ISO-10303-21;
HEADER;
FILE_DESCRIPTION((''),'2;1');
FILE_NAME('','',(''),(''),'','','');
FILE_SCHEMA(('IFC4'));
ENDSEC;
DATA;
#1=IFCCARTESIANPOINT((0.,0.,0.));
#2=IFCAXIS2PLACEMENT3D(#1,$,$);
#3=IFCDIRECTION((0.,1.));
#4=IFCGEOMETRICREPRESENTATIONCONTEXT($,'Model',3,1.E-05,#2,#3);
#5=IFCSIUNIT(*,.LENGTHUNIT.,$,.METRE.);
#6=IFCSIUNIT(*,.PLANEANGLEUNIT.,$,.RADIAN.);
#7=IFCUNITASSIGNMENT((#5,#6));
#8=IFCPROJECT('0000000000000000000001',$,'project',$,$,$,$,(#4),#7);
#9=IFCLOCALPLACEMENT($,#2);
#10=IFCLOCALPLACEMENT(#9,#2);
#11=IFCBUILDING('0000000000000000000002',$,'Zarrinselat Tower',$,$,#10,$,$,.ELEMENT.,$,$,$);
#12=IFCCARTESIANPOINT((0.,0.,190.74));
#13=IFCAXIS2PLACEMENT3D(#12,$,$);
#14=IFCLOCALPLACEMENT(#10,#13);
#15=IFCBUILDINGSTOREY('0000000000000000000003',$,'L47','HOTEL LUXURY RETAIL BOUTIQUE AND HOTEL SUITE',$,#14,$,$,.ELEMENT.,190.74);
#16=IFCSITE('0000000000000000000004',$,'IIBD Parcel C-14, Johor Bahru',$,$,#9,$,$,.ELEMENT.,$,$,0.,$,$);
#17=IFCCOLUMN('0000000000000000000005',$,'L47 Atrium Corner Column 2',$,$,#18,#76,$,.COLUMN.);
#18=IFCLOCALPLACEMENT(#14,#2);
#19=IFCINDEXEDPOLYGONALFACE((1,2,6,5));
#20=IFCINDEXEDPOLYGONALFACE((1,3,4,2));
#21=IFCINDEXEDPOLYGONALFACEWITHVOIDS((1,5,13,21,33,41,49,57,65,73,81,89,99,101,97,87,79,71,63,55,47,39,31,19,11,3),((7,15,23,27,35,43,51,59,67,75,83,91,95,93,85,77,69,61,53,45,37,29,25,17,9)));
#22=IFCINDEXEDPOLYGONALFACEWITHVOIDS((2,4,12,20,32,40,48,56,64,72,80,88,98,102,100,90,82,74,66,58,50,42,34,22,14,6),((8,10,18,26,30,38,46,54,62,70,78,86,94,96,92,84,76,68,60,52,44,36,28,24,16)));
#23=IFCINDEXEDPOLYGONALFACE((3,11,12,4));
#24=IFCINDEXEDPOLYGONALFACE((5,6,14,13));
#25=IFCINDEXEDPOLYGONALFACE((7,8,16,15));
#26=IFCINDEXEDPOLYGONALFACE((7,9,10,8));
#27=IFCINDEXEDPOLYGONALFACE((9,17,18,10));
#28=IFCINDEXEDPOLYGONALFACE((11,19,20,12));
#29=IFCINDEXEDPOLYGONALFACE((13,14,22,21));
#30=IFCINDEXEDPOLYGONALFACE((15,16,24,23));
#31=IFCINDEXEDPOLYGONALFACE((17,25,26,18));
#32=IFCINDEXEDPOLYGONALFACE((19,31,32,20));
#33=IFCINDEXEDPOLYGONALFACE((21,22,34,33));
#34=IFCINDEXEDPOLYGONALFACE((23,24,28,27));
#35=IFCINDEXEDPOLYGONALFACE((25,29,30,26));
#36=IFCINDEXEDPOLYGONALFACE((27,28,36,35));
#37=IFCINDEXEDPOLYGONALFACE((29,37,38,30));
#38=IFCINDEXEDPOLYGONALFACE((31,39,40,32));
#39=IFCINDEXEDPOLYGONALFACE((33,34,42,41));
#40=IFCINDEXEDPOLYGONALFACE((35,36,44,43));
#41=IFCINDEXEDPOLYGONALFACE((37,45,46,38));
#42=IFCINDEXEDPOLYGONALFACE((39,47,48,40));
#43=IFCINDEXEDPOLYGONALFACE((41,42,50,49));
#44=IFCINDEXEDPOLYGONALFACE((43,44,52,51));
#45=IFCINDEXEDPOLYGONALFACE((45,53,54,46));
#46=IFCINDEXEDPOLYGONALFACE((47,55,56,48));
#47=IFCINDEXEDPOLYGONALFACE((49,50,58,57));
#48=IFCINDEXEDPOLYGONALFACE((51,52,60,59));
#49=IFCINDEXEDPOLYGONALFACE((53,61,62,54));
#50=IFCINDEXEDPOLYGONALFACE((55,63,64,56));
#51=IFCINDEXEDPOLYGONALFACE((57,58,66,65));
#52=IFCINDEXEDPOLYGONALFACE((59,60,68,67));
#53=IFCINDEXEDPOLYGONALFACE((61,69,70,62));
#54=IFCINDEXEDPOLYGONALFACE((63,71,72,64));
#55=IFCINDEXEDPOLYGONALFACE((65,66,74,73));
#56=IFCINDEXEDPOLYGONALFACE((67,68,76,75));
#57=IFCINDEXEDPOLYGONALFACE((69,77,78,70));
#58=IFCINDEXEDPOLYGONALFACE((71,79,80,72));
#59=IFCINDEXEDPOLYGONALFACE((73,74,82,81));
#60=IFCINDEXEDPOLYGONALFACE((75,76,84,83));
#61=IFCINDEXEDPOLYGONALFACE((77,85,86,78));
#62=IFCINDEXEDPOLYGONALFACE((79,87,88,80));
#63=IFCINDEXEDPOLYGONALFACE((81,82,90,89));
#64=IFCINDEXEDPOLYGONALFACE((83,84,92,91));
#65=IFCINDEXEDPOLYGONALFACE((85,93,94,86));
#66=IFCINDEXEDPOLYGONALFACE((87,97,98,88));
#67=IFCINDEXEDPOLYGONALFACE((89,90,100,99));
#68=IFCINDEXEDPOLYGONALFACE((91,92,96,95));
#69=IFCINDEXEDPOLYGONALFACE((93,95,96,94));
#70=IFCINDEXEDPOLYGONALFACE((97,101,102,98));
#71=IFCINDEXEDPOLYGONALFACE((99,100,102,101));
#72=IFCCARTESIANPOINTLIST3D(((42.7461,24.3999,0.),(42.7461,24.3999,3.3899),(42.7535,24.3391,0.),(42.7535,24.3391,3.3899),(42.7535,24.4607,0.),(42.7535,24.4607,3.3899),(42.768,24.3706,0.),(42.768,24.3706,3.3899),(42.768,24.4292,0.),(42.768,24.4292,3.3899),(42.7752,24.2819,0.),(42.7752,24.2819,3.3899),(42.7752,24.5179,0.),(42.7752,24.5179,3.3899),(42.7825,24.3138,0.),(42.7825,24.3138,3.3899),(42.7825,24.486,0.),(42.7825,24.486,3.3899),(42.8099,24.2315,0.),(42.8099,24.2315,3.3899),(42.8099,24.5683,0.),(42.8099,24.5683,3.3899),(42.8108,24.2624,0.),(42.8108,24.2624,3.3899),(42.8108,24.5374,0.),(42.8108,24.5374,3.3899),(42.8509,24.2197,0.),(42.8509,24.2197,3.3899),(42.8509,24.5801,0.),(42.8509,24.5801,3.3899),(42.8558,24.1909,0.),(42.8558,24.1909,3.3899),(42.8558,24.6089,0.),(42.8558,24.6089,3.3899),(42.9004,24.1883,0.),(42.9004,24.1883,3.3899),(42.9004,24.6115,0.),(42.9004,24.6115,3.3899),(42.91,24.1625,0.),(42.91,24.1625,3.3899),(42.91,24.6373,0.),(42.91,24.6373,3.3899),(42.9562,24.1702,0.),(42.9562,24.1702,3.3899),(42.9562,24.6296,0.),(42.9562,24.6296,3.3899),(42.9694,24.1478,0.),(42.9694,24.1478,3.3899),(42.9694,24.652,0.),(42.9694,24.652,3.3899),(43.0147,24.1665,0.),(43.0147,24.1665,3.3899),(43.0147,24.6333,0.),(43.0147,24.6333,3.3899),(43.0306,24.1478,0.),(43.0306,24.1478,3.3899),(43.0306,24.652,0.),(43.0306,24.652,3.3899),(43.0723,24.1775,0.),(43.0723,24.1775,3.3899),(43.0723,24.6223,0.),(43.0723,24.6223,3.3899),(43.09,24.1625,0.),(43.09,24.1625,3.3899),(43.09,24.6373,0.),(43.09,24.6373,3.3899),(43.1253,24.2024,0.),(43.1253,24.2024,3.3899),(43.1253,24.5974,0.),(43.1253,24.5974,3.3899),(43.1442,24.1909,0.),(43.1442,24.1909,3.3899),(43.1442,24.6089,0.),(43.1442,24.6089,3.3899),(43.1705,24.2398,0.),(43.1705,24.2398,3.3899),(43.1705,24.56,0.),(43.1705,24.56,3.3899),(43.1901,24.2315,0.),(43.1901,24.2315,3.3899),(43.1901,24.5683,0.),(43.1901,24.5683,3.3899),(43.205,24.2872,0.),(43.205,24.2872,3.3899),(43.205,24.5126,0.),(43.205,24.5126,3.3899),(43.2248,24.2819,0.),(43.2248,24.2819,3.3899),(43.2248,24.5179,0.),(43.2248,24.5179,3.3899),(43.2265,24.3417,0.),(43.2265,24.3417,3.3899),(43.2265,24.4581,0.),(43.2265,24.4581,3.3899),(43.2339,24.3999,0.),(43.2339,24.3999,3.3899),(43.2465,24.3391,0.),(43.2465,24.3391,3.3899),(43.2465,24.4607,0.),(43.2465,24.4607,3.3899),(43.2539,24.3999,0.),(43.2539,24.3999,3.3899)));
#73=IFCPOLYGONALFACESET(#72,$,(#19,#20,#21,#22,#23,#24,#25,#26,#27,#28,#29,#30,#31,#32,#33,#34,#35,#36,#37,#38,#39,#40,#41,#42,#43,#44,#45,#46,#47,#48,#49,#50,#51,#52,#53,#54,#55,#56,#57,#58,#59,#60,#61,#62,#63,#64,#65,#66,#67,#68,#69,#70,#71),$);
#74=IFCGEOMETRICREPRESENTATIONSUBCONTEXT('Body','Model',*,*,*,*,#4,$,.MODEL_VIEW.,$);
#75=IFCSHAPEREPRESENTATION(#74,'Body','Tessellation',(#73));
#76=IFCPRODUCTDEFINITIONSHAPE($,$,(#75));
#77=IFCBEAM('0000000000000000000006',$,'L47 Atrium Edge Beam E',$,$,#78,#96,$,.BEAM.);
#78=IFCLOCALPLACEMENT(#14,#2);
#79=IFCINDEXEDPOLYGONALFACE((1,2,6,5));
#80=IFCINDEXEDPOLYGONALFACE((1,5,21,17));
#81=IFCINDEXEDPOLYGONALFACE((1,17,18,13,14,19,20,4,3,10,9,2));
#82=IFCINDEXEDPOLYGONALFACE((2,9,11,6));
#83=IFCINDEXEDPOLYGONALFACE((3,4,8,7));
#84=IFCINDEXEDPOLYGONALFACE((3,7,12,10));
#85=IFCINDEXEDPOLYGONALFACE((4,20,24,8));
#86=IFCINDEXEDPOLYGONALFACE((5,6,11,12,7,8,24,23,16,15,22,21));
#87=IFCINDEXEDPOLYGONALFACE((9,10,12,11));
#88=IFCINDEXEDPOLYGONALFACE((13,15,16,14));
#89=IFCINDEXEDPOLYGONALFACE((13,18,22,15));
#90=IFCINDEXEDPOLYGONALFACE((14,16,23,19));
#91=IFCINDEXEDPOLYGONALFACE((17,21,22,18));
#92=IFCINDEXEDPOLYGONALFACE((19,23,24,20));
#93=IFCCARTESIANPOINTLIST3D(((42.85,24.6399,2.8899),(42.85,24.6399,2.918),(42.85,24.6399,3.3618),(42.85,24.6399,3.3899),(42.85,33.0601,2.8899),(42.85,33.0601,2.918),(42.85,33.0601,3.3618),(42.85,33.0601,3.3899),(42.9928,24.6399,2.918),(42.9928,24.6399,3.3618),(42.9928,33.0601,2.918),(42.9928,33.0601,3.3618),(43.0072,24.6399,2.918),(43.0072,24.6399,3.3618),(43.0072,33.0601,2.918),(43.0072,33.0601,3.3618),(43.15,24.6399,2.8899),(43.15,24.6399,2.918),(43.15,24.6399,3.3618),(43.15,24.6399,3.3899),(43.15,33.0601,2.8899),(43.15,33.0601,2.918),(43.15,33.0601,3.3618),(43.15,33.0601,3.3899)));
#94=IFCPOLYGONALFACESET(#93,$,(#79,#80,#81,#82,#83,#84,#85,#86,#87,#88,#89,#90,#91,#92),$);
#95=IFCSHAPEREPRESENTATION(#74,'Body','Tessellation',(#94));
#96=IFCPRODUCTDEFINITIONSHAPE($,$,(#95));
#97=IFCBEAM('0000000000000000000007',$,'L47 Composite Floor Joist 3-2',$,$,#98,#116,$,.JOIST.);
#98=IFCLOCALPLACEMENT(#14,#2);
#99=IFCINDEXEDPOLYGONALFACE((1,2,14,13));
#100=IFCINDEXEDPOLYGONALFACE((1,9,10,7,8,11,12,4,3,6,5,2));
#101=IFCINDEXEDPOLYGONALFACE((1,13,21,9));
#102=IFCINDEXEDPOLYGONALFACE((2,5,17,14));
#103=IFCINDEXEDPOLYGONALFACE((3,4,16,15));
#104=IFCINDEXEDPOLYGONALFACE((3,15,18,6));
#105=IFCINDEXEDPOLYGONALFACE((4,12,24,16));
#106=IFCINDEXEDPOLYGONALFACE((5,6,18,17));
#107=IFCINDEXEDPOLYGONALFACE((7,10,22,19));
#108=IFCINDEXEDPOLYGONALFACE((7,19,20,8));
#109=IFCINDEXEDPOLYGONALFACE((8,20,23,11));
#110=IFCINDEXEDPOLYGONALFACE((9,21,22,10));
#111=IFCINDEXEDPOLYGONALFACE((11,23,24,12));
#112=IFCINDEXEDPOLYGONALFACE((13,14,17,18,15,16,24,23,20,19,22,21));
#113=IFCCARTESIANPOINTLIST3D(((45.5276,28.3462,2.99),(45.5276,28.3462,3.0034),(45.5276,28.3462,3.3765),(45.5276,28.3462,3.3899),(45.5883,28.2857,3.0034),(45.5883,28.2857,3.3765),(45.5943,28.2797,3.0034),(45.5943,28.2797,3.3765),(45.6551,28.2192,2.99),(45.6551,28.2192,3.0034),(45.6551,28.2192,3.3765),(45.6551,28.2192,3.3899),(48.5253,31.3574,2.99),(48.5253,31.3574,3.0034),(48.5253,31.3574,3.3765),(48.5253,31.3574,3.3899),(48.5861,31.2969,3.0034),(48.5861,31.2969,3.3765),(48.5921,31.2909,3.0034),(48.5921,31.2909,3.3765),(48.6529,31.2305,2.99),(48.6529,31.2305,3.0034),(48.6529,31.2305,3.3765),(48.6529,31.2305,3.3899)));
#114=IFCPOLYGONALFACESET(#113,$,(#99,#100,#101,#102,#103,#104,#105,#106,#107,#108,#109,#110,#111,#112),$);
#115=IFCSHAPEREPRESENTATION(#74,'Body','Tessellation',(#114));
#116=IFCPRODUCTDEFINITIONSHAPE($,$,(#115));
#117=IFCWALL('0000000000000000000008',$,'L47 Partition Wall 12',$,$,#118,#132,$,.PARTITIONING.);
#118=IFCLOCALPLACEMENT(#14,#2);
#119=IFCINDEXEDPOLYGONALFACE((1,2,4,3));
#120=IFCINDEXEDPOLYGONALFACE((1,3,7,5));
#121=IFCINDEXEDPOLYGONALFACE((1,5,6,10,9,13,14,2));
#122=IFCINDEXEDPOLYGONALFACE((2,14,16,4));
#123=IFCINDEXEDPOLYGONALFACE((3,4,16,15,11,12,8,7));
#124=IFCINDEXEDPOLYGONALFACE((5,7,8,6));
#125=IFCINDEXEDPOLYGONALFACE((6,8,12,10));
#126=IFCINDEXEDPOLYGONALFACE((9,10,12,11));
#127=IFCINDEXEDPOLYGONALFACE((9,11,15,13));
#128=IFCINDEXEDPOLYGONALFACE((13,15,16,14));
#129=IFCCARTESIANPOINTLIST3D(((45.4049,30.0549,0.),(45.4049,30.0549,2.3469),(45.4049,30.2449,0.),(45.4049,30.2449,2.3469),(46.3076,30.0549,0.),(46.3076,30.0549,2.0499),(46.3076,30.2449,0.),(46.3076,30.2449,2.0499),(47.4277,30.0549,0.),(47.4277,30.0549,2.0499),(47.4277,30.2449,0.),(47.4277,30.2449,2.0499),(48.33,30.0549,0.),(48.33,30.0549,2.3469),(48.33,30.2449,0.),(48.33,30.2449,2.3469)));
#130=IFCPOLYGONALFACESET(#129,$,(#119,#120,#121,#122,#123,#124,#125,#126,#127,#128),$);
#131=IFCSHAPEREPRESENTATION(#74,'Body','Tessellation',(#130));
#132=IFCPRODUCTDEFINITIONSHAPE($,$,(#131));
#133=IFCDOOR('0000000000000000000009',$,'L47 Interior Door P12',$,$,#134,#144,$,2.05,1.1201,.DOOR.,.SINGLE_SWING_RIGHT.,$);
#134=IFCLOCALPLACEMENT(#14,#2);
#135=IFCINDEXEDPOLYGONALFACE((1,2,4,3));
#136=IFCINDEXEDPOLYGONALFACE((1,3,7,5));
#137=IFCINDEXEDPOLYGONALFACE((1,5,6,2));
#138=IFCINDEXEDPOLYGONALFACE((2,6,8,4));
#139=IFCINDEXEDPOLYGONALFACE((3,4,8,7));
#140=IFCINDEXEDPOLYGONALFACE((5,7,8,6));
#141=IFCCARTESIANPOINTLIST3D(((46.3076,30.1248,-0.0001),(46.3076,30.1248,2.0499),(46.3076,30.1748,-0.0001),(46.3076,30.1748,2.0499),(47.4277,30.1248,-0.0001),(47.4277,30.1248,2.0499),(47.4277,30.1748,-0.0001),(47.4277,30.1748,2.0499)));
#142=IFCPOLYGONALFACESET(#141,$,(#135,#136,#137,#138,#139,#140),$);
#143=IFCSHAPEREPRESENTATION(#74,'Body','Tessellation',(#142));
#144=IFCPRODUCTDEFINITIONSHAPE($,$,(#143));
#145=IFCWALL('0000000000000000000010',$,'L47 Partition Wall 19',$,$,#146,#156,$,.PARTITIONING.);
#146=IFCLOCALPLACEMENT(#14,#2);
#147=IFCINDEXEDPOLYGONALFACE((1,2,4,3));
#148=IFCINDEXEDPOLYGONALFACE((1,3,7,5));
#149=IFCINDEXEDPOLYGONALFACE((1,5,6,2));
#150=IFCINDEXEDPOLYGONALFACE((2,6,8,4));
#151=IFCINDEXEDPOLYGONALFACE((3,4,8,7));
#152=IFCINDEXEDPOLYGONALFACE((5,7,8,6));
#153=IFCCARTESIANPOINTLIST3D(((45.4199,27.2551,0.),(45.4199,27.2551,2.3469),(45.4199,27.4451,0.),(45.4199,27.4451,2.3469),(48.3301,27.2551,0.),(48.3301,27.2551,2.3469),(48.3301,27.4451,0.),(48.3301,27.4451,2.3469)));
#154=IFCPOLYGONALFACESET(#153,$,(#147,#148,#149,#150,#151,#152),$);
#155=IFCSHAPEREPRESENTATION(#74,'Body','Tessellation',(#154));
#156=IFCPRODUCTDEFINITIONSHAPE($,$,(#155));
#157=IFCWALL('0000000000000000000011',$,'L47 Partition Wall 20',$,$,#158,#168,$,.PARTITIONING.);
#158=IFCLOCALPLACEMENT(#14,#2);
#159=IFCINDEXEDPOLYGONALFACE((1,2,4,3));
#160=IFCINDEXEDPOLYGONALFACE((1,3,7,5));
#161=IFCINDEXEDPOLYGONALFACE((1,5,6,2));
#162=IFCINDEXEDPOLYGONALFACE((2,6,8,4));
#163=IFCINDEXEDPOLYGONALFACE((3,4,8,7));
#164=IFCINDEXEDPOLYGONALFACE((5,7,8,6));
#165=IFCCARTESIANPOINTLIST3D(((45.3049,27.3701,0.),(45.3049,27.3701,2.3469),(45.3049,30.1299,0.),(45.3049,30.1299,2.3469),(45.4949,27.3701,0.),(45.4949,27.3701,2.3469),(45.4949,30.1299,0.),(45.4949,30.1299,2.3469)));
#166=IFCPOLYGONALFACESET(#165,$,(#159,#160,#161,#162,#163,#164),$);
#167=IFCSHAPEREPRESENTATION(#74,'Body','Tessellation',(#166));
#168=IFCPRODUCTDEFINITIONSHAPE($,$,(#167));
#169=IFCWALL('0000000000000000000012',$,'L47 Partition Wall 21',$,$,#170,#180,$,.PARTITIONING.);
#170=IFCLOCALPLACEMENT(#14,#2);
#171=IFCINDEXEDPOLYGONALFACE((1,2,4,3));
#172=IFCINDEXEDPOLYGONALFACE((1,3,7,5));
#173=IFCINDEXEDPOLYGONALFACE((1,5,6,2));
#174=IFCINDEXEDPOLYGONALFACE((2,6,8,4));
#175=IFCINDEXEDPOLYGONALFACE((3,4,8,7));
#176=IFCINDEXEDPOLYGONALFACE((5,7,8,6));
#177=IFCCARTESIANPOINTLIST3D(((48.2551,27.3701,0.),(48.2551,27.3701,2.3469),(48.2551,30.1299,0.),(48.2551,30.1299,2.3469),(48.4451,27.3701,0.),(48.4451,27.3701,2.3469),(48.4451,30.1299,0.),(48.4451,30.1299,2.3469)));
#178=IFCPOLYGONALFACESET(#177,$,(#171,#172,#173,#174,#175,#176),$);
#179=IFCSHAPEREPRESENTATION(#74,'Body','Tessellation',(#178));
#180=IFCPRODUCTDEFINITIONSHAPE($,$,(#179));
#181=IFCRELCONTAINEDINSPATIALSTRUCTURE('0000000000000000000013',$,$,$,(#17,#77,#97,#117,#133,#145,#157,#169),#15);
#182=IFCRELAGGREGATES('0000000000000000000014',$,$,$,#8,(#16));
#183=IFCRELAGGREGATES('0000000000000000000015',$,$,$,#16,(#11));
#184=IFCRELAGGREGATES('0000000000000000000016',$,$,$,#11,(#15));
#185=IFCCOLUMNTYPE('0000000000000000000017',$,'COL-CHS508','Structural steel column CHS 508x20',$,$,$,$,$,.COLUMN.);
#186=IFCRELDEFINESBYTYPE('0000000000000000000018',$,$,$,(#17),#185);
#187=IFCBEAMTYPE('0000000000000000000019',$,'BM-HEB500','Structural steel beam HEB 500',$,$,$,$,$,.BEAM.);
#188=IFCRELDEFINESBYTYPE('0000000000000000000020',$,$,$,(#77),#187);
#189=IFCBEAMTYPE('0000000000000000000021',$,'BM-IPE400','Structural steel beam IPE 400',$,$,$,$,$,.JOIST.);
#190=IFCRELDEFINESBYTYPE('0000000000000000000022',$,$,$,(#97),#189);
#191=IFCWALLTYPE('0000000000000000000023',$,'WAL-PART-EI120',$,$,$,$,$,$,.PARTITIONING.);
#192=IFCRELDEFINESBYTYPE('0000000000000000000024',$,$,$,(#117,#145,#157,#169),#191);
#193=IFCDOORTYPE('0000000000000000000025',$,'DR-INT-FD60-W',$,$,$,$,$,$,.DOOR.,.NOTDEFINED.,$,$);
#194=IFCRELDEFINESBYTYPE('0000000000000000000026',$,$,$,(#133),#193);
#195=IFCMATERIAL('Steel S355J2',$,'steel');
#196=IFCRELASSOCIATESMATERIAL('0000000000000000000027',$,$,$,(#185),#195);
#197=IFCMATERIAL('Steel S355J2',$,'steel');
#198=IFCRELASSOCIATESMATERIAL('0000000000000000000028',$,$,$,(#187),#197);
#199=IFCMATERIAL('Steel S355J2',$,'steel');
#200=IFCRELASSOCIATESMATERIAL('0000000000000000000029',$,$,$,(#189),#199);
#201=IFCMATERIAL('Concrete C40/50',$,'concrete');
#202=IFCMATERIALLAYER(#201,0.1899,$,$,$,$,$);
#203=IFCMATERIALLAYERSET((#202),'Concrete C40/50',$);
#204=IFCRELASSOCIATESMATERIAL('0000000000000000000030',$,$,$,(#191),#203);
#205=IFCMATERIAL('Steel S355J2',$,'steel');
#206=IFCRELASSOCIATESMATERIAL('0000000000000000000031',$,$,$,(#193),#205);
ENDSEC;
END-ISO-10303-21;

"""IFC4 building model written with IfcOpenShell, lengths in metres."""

from ifc_helpers import new_model, si_unit, direction, frame, frame_2d, origin, origin_2d, place, context, subcontext, project, spatial, rectangle, hollow_circle, i_section, extrude, material, layer, layer_set, material_profile, profile_set, type_object, element, fill, save


model = new_model("IFC4")

# Units and contexts
model_context = context("Model", 3, precision=1e-05, world=origin(), true_north=direction((0.0, 1.0)))
body_context = subcontext(model_context, "Body", "Model", "MODEL_VIEW")
ifc_project = project(units=[si_unit("LENGTHUNIT", "METRE"), si_unit("PLANEANGLEUNIT", "RADIAN")], contexts=[model_context])

# Site, building, storey
site_placement = place(None, origin())
site = spatial("IfcSite", under=ifc_project, at=site_placement, Name="IIBD Parcel C-14, Johor Bahru", CompositionType="ELEMENT", RefElevation=0.0)
building_placement = place(site_placement, origin())
building = spatial("IfcBuilding", under=site, at=building_placement, Name="Zarrinselat Tower", CompositionType="ELEMENT")
storey_placement = place(building_placement, frame((0.0, 0.0, 190.74)))
storey = spatial("IfcBuildingStorey", under=building, at=storey_placement, Name="L47", Description="HOTEL LUXURY RETAIL BOUTIQUE AND HOTEL SUITE", CompositionType="ELEMENT", Elevation=190.74)

# Column
ifc_material_1 = material(Name="Steel S355J2", Category="steel")
ifc_material_profile_1 = material_profile(ifc_material_1, hollow_circle(Radius=0.2539, WallThickness=0.02, at=origin_2d()), Name="CHS 508x20")
ifc_profile_set_1 = profile_set([ifc_material_profile_1], Name="Steel S355J2")
column_type = type_object("IfcColumnType", Name="COL-CHS508", Description="Structural steel column CHS 508x20", PredefinedType="COLUMN", material=ifc_profile_set_1)
column_placement = place(storey_placement, frame((43.0, 24.3999, 0.0), z_axis=(0.0, 0.0, 1.0), x_axis=(1.0, 0.0, 0.0)))
element("IfcColumn", 1, at=column_placement, inside=storey, type_object=column_type, Name="L47 Atrium Corner Column 2", PredefinedType="COLUMN", context=body_context, shape_type="SweptSolid", body=[
    extrude(hollow_circle(Radius=0.2539, WallThickness=0.02, at=origin_2d()), origin(), (0.0, 0.0, 1.0), 3.3899),
])

# Beams
ifc_material_2 = material(Name="Steel S355J2", Category="steel")
ifc_material_profile_2 = material_profile(ifc_material_2, i_section(OverallWidth=0.3, OverallDepth=0.5, WebThickness=0.0144, FlangeThickness=0.0281, at=origin_2d()), Name="HEB 500")
ifc_profile_set_2 = profile_set([ifc_material_profile_2], Name="Steel S355J2")
beam_type_1 = type_object("IfcBeamType", Name="BM-HEB500", Description="Structural steel beam HEB 500", PredefinedType="BEAM", material=ifc_profile_set_2)
beam_1_placement = place(storey_placement, frame((43.0, 24.6399, 3.1399), z_axis=(0.0, 1.0, 0.0), x_axis=(-1.0, 0.0, 0.0)))
element("IfcBeam", 2, at=beam_1_placement, inside=storey, type_object=beam_type_1, Name="L47 Atrium Edge Beam E", PredefinedType="BEAM", context=body_context, shape_type="SweptSolid", body=[
    extrude(i_section(OverallWidth=0.3, OverallDepth=0.5, WebThickness=0.0144, FlangeThickness=0.0281, at=origin_2d()), origin(), (0.0, 0.0, 1.0), 8.4202),
])
ifc_material_3 = material(Name="Steel S355J2", Category="steel")
ifc_material_profile_3 = material_profile(ifc_material_3, i_section(OverallWidth=0.1799, OverallDepth=0.3999, WebThickness=0.0085, FlangeThickness=0.0134, at=origin_2d()), Name="IPE 400")
ifc_profile_set_3 = profile_set([ifc_material_profile_3], Name="Steel S355J2")
beam_type_2 = type_object("IfcBeamType", Name="BM-IPE400", Description="Structural steel beam IPE 400", PredefinedType="JOIST", material=ifc_profile_set_3)
beam_2_placement = place(storey_placement, frame((45.5913, 28.2827, 3.1899), z_axis=(0.705525, 0.708685, 0.0), x_axis=(-0.708685, 0.705525, 0.0)))
element("IfcBeam", 3, at=beam_2_placement, inside=storey, type_object=beam_type_2, Name="L47 Composite Floor Joist 3-2", PredefinedType="JOIST", context=body_context, shape_type="SweptSolid", body=[
    extrude(i_section(OverallWidth=0.1799, OverallDepth=0.3999, WebThickness=0.0085, FlangeThickness=0.0134, at=origin_2d()), origin(), (0.0, 0.0, 1.0), 4.249),
])

# Wall, opening, door
ifc_material_4 = material(Name="Concrete C40/50", Category="concrete")
ifc_layer_1 = layer(ifc_material_4, 0.1899)
ifc_layer_set_1 = layer_set([ifc_layer_1], Name="Concrete C40/50")
wall_type_1 = type_object("IfcWallType", Name="WAL-PART-EI120", PredefinedType="PARTITIONING", material=ifc_layer_set_1)
wall_1_placement = place(storey_placement, frame((45.405, 30.1499, 0.0), z_axis=(0.0, 0.0, 1.0), x_axis=(1.0, 0.0, 0.0)))
wall_1 = element("IfcWall", 4, at=wall_1_placement, inside=storey, type_object=wall_type_1, Name="L47 Partition Wall 12", PredefinedType="PARTITIONING", context=body_context, shape_type="SweptSolid", body=[
    extrude(rectangle(XDim=2.925, YDim=0.1899, at=frame_2d((1.4624, 0.0))), origin(), (0.0, 0.0, 1.0), 2.3469),
])
opening_1_placement = place(wall_1_placement, frame((0.9026, 0.0, 0.0)))
opening_1 = element("IfcOpeningElement", 5, at=opening_1_placement, cuts=wall_1, PredefinedType="OPENING", context=body_context, shape_type="SweptSolid", body=[
    extrude(rectangle(XDim=1.1201, YDim=2.05, at=frame_2d((0.5601, 1.0249))), frame((0.0, 0.105, 0.0), z_axis=(0.0, -1.0, 0.0), x_axis=(1.0, 0.0, 0.0)), (0.0, 0.0, 1.0), 0.21),
])
ifc_material_5 = material(Name="Steel S355J2", Category="steel")
door_type_1 = type_object("IfcDoorType", Name="DR-INT-FD60-W", OperationType="NOTDEFINED", PredefinedType="DOOR", material=ifc_material_5)
door_1_placement = place(opening_1_placement, origin())
door_1 = element("IfcDoor", 6, at=door_1_placement, inside=storey, type_object=door_type_1, Name="L47 Interior Door P12", OperationType="SINGLE_SWING_RIGHT", OverallHeight=2.05, OverallWidth=1.1201, PredefinedType="DOOR", context=body_context, shape_type="SweptSolid", body=[
    extrude(rectangle(XDim=1.1201, YDim=2.05, at=frame_2d((0.5601, 1.0249))), frame((0.0, 0.0249, 0.0), z_axis=(0.0, -1.0, 0.0), x_axis=(1.0, 0.0, 0.0)), (0.0, 0.0, 1.0), 0.05),
])
fill(opening_1, door_1)

# Walls
wall_2_placement = place(storey_placement, frame((45.4199, 27.3501, 0.0), z_axis=(0.0, 0.0, 1.0), x_axis=(1.0, 0.0, 0.0)))
element("IfcWall", 7, at=wall_2_placement, inside=storey, type_object=wall_type_1, Name="L47 Partition Wall 19", PredefinedType="PARTITIONING", context=body_context, shape_type="SweptSolid", body=[
    extrude(rectangle(XDim=2.9102, YDim=0.1899, at=frame_2d((1.4551, 0.0))), origin(), (0.0, 0.0, 1.0), 2.3469),
])
for number, where, z_axis, x_axis, name in (
    (8, (45.3999, 27.3701, 0.0), (0.0, 0.0, 1.0), (0.0, 1.0, 0.0), "L47 Partition Wall 20"),
    (9, (48.3501, 27.3701, 0.0), (0.0, 0.0, 1.0), (0.0, 1.0, 0.0), "L47 Partition Wall 21"),
):
    element("IfcWall", number, at=place(storey_placement, frame(where, z_axis=z_axis, x_axis=x_axis)), inside=storey, type_object=wall_type_1, Name=name, PredefinedType="PARTITIONING", context=body_context, shape_type="SweptSolid", body=[
        extrude(rectangle(XDim=2.7598, YDim=0.1899, at=frame_2d((1.3799, 0.0))), origin(), (0.0, 0.0, 1.0), 2.3469),
    ])

save(model, "model.ifc")
